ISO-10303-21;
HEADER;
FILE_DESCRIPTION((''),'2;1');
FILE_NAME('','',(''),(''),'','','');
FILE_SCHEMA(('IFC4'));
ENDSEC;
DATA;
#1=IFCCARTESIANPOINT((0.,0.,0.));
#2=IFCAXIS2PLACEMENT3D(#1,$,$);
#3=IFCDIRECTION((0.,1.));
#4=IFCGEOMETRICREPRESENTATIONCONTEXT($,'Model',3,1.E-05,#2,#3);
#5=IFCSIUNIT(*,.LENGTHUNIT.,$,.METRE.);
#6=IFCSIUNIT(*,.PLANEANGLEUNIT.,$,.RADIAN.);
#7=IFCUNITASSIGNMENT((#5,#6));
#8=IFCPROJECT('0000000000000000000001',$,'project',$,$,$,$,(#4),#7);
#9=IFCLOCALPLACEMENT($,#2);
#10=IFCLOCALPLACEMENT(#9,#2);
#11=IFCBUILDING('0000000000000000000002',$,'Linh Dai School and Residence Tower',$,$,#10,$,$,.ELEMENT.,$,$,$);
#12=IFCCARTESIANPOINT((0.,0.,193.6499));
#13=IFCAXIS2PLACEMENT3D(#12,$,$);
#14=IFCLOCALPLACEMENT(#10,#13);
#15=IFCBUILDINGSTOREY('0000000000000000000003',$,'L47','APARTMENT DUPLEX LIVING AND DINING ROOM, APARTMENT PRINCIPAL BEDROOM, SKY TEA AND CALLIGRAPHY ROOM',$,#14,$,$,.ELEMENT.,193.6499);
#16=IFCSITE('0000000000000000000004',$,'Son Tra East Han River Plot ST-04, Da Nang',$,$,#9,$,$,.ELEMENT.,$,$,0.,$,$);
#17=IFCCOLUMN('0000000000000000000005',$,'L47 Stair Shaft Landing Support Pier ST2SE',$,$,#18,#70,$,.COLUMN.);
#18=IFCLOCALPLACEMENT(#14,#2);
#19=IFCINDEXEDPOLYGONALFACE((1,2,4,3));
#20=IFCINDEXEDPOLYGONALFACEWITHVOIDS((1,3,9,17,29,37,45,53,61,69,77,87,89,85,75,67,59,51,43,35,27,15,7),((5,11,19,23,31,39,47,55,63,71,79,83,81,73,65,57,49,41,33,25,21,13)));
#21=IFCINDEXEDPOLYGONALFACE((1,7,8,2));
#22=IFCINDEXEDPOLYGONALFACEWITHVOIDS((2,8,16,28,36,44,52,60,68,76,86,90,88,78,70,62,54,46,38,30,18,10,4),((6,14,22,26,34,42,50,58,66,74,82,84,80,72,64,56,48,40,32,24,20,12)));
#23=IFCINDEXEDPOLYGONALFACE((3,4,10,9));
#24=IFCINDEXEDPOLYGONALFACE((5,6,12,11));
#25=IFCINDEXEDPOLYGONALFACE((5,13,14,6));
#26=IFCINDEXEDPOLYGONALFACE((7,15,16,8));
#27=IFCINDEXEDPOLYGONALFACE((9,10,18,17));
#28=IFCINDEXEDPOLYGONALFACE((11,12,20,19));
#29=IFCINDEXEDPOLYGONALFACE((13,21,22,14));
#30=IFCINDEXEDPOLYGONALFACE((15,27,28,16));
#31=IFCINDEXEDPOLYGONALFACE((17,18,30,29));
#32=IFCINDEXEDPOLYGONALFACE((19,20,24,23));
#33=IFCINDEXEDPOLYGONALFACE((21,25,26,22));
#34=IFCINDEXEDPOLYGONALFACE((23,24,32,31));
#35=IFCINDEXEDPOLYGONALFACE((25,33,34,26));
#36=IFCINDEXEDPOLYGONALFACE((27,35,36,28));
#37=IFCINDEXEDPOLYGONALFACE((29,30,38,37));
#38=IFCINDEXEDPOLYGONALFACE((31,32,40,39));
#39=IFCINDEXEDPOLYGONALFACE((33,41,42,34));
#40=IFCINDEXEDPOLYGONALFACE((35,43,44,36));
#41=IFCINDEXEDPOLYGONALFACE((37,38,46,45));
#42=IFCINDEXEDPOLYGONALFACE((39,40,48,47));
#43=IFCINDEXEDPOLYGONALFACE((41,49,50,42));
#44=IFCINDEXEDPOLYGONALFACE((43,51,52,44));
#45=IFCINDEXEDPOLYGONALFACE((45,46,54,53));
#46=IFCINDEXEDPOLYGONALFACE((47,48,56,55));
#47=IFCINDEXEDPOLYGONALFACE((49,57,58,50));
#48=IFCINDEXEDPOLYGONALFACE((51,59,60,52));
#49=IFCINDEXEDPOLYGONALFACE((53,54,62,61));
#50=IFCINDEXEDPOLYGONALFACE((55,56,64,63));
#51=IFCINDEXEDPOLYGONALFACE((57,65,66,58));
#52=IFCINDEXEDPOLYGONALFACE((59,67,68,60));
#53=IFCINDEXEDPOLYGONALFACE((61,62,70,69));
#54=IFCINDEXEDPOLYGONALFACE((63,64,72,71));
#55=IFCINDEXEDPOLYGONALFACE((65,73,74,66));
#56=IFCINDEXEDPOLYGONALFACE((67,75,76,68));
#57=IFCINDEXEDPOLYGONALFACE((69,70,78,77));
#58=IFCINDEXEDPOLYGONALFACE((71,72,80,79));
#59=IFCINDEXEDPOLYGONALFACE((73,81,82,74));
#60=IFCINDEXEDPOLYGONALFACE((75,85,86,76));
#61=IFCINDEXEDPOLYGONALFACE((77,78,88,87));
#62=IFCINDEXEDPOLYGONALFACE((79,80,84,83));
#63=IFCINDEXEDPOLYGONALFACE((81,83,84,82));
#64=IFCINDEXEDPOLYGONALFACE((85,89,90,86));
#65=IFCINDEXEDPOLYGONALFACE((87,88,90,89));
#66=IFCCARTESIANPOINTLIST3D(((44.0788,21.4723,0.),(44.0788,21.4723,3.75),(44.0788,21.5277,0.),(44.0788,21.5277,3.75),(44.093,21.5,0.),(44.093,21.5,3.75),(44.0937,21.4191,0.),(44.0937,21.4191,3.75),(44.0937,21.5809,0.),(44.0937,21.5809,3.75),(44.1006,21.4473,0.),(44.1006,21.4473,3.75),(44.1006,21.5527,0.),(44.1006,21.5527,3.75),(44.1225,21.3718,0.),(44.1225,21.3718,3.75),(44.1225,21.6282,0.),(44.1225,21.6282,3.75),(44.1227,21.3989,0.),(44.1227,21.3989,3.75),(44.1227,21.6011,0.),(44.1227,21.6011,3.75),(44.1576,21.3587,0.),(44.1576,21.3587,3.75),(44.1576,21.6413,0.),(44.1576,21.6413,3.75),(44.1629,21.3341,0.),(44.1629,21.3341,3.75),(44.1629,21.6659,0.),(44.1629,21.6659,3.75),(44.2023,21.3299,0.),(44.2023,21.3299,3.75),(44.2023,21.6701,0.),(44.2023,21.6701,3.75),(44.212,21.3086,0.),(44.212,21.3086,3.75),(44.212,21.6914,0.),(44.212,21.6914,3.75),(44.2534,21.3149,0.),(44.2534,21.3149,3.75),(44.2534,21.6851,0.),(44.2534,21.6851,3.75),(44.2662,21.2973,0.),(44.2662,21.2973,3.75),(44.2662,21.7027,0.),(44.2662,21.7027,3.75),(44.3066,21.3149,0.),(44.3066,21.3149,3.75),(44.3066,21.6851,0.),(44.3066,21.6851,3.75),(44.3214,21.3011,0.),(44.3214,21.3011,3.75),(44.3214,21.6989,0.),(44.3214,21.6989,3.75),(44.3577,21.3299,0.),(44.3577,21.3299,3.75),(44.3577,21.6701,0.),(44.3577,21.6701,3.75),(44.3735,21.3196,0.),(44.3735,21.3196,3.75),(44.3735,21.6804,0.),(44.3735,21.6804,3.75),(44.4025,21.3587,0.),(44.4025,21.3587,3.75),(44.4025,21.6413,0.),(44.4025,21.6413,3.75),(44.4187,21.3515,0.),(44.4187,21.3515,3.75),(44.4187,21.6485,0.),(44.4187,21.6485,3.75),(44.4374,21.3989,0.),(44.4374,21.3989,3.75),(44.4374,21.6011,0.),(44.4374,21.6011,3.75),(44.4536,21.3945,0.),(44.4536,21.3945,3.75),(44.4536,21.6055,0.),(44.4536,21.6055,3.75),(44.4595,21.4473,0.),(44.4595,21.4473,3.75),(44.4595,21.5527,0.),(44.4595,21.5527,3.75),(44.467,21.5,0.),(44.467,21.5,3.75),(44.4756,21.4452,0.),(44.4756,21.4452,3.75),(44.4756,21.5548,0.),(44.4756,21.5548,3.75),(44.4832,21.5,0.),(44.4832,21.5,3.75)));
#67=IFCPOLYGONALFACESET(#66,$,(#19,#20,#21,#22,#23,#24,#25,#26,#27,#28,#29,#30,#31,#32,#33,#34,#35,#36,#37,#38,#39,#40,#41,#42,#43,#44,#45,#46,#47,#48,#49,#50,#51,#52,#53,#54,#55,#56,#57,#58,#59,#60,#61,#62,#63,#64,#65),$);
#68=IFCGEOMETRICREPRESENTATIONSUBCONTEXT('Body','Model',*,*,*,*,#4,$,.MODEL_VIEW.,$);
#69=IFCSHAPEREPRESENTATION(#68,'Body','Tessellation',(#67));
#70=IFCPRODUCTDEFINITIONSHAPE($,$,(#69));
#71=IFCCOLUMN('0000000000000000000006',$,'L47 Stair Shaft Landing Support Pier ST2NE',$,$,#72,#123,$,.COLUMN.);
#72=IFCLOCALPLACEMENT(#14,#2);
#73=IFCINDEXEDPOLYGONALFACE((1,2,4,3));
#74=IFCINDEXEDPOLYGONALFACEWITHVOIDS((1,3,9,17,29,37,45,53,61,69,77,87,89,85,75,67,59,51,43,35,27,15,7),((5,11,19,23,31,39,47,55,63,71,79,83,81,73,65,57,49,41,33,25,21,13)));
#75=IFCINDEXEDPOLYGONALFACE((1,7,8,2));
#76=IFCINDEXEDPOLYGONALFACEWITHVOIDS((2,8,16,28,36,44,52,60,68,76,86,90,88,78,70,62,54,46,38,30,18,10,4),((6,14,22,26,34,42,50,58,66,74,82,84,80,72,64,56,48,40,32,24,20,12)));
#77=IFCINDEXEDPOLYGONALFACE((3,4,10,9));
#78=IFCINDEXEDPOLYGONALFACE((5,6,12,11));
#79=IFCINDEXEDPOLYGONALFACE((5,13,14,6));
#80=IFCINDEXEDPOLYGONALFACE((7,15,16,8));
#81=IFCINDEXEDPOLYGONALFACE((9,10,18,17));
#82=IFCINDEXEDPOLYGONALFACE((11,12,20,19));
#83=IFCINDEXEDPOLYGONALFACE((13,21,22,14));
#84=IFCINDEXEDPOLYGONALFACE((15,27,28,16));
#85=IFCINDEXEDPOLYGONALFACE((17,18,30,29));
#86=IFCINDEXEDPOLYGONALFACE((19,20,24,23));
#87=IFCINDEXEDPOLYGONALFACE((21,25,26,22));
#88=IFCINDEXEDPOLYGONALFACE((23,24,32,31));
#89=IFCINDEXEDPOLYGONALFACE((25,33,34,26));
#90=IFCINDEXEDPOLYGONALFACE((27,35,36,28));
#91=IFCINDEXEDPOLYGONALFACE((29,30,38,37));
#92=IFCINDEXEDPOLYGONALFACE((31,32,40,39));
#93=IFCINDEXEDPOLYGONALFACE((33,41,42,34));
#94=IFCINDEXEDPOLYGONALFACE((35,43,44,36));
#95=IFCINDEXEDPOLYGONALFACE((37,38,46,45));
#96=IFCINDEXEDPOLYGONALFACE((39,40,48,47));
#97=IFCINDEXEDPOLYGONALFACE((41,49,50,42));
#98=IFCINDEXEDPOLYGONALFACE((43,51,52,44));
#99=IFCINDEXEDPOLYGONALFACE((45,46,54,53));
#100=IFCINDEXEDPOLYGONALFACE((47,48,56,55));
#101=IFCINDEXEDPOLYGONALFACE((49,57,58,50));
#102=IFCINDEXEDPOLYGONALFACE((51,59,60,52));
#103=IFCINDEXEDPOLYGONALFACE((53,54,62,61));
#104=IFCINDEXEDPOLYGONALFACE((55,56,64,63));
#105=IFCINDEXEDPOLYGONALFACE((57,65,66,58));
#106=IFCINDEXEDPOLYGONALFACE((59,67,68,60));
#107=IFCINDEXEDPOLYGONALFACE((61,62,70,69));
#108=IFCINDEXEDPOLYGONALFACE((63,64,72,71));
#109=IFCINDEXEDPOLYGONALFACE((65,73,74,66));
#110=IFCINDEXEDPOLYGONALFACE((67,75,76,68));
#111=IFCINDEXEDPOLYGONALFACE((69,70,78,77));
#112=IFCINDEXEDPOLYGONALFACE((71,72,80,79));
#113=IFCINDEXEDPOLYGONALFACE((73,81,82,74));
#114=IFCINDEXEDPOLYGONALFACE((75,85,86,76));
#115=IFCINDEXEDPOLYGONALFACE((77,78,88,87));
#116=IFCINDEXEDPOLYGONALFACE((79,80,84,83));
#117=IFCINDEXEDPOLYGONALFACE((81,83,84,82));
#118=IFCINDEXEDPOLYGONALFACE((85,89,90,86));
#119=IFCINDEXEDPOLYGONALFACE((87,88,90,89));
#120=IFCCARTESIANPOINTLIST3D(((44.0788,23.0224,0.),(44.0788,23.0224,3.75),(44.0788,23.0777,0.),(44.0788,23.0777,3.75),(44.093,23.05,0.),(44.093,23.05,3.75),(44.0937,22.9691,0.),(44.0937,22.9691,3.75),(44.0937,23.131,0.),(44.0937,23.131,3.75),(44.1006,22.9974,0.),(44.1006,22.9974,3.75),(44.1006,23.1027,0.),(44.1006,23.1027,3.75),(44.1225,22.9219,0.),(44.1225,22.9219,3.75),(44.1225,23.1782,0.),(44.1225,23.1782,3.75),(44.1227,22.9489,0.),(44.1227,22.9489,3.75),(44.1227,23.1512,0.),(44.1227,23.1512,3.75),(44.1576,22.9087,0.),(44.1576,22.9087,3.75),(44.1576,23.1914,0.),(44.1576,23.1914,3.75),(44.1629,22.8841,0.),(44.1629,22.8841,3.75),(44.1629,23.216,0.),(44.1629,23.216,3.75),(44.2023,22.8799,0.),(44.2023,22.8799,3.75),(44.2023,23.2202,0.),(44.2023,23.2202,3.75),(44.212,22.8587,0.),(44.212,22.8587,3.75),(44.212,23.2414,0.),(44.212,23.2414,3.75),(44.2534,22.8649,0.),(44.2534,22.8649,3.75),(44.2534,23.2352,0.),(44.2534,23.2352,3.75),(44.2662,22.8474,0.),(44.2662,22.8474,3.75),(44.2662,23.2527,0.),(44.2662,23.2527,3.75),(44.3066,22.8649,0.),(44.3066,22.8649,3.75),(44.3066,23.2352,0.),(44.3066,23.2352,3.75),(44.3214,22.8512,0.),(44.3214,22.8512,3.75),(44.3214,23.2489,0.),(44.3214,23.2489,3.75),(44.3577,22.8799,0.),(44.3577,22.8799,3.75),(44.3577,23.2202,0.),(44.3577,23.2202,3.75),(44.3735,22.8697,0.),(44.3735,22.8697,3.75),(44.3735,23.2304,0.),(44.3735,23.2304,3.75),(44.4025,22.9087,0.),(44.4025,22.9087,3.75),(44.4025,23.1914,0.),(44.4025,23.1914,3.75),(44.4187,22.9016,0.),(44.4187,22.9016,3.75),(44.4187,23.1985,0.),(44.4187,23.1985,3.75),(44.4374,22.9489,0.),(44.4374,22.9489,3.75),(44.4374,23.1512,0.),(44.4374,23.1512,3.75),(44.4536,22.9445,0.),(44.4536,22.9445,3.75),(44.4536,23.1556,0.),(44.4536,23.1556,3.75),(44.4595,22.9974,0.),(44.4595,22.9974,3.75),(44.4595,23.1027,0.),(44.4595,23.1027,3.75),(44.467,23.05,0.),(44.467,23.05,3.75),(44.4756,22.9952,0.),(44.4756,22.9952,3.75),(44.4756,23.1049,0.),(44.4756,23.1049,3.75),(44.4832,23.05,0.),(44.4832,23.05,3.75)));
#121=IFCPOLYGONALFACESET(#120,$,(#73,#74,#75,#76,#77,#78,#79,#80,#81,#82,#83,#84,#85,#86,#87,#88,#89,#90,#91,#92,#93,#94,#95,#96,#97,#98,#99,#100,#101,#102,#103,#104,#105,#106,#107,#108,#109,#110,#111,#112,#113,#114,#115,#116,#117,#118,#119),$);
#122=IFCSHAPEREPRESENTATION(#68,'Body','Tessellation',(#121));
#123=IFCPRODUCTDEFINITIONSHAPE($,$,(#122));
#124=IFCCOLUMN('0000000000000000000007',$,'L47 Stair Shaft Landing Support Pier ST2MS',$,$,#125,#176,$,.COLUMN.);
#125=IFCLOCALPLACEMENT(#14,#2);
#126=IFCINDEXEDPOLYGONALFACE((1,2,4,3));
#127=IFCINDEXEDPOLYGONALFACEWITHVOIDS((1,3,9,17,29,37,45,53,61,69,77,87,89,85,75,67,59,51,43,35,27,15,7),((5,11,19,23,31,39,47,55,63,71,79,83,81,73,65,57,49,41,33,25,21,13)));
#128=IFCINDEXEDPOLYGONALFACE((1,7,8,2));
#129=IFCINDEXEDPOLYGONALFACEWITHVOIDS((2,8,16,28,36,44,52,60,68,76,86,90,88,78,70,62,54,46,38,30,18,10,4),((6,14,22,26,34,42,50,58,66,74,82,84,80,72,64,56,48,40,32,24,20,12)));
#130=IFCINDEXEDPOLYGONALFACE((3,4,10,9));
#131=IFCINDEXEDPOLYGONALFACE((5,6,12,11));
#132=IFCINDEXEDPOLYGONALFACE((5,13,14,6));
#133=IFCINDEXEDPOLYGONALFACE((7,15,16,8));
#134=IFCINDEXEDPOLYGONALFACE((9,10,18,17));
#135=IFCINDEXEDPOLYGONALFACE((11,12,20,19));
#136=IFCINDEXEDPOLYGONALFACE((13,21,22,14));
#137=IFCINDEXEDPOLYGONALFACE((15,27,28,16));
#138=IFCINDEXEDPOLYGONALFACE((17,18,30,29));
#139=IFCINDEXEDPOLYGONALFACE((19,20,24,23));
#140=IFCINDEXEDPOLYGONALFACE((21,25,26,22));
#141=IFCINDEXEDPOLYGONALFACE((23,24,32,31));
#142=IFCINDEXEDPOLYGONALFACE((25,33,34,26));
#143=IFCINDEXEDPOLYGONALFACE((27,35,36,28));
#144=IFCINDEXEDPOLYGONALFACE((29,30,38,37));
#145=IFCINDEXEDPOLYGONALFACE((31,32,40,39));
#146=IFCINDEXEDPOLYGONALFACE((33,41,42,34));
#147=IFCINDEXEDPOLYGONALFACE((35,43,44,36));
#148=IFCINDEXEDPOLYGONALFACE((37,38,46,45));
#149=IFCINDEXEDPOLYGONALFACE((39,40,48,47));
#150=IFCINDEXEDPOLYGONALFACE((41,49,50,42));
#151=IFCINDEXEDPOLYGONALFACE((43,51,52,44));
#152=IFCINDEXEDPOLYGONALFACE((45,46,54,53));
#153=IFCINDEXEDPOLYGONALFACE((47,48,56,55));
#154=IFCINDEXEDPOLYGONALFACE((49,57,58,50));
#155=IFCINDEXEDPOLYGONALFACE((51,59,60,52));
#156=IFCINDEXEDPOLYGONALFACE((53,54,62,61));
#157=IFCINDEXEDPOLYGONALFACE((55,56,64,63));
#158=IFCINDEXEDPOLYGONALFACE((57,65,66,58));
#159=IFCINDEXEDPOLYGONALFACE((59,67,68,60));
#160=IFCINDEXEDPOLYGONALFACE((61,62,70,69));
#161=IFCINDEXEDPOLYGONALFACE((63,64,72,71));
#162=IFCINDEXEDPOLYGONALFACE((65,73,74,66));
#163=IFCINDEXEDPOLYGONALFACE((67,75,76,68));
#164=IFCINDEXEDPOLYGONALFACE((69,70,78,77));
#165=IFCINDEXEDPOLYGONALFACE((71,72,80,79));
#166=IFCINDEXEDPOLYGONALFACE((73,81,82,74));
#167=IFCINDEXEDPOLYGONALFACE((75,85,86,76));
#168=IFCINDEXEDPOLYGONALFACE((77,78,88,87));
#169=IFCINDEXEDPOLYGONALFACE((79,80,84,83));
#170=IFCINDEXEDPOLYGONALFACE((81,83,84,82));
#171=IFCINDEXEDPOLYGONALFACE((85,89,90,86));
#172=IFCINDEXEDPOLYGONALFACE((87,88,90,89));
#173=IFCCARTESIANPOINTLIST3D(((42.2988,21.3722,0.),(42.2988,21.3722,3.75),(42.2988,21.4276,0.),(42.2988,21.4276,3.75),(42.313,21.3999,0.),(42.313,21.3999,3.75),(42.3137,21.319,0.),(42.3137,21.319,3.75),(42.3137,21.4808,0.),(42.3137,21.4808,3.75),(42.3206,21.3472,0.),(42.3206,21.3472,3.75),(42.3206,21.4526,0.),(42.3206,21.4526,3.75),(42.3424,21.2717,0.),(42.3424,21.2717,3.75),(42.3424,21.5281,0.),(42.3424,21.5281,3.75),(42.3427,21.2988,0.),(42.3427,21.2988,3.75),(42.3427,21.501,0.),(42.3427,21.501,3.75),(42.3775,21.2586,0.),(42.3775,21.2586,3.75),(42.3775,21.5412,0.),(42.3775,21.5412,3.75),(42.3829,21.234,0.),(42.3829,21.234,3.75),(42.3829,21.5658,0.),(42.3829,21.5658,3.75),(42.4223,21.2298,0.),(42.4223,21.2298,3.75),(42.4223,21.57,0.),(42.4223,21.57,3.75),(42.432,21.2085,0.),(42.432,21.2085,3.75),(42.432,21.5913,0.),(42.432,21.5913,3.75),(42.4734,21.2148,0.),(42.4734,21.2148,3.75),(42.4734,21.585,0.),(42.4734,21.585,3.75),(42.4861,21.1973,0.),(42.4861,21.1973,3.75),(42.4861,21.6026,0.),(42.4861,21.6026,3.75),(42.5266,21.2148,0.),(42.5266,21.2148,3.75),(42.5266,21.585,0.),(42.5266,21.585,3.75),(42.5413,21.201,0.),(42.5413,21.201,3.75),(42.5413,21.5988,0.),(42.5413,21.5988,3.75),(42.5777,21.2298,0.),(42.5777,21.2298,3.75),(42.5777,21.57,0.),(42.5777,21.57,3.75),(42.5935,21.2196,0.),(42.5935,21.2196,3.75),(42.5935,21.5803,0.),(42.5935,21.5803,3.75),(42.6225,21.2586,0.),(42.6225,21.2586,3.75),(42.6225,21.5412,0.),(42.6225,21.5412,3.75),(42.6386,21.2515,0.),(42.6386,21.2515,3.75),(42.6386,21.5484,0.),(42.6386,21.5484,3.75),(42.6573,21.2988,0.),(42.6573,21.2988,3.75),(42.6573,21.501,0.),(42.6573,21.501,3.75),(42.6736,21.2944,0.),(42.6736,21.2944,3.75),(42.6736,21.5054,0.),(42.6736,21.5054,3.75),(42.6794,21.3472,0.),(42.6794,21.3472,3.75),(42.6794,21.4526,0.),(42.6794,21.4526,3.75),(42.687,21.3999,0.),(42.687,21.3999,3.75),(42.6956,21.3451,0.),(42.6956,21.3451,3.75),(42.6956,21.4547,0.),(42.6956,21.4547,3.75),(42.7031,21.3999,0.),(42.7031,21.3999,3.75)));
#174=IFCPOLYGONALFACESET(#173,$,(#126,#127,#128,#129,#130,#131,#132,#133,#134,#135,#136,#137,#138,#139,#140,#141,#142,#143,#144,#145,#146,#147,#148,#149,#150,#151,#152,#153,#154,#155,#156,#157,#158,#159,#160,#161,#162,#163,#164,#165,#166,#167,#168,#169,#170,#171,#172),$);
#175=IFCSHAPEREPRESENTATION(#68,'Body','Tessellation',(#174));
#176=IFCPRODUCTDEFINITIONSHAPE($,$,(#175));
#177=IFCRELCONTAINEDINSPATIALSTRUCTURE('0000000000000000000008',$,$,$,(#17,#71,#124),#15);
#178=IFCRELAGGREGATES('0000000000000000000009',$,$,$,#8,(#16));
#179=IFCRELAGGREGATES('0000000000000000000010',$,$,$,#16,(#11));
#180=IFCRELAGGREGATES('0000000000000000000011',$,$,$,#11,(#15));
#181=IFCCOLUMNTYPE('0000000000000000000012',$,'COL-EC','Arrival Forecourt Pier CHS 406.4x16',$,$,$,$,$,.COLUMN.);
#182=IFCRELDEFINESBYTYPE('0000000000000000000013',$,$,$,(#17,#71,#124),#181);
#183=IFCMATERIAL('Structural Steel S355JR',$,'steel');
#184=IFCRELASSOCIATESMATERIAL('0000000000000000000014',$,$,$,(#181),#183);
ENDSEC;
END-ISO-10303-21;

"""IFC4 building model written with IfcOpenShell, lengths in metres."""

from ifc_helpers import new_model, si_unit, direction, frame, origin, origin_2d, place, context, subcontext, project, spatial, hollow_circle, extrude, material, material_profile, profile_set, type_object, element, save


model = new_model("IFC4")

# Units and contexts
model_context = context("Model", 3, precision=1e-05, world=origin(), true_north=direction((0.0, 1.0)))
body_context = subcontext(model_context, "Body", "Model", "MODEL_VIEW")
ifc_project = project(units=[si_unit("LENGTHUNIT", "METRE"), si_unit("PLANEANGLEUNIT", "RADIAN")], contexts=[model_context])

# Site, building, storey
site_placement = place(None, origin())
site = spatial("IfcSite", under=ifc_project, at=site_placement, Name="Son Tra East Han River Plot ST-04, Da Nang", CompositionType="ELEMENT", RefElevation=0.0)
building_placement = place(site_placement, origin())
building = spatial("IfcBuilding", under=site, at=building_placement, Name="Linh Dai School and Residence Tower", CompositionType="ELEMENT")
storey_placement = place(building_placement, frame((0.0, 0.0, 193.6499)))
storey = spatial("IfcBuildingStorey", under=building, at=storey_placement, Name="L47", Description="APARTMENT DUPLEX LIVING AND DINING ROOM, APARTMENT PRINCIPAL BEDROOM, SKY TEA AND CALLIGRAPHY ROOM", CompositionType="ELEMENT", Elevation=193.6499)

# Columns
ifc_material_1 = material(Name="Structural Steel S355JR", Category="steel")
ifc_material_profile_1 = material_profile(ifc_material_1, hollow_circle(Radius=0.2031, WallThickness=0.0161, at=origin_2d()), Name="CHS 406.4x16")
ifc_profile_set_1 = profile_set([ifc_material_profile_1], Name="Structural Steel S355JR")
column_type_1 = type_object("IfcColumnType", Name="COL-EC", Description="Arrival Forecourt Pier CHS 406.4x16", PredefinedType="COLUMN", material=ifc_profile_set_1)
for number, where, z_axis, x_axis, name in (
    (1, (44.28, 21.5, 0.0), (0.0, 0.0, 1.0), (1.0, 0.0, 0.0), "L47 Stair Shaft Landing Support Pier ST2SE"),
    (2, (44.28, 23.05, 0.0), (0.0, 0.0, 1.0), (1.0, 0.0, 0.0), "L47 Stair Shaft Landing Support Pier ST2NE"),
    (3, (42.5, 21.3999, 0.0), (0.0, 0.0, 1.0), (1.0, 0.0, 0.0), "L47 Stair Shaft Landing Support Pier ST2MS"),
):
    element("IfcColumn", number, at=place(storey_placement, frame(where, z_axis=z_axis, x_axis=x_axis)), inside=storey, type_object=column_type_1, Name=name, PredefinedType="COLUMN", context=body_context, shape_type="SweptSolid", body=[
        extrude(hollow_circle(Radius=0.2031, WallThickness=0.0161, at=origin_2d()), origin(), (0.0, 0.0, 1.0), 3.75),
    ])

save(model, "model.ifc")
